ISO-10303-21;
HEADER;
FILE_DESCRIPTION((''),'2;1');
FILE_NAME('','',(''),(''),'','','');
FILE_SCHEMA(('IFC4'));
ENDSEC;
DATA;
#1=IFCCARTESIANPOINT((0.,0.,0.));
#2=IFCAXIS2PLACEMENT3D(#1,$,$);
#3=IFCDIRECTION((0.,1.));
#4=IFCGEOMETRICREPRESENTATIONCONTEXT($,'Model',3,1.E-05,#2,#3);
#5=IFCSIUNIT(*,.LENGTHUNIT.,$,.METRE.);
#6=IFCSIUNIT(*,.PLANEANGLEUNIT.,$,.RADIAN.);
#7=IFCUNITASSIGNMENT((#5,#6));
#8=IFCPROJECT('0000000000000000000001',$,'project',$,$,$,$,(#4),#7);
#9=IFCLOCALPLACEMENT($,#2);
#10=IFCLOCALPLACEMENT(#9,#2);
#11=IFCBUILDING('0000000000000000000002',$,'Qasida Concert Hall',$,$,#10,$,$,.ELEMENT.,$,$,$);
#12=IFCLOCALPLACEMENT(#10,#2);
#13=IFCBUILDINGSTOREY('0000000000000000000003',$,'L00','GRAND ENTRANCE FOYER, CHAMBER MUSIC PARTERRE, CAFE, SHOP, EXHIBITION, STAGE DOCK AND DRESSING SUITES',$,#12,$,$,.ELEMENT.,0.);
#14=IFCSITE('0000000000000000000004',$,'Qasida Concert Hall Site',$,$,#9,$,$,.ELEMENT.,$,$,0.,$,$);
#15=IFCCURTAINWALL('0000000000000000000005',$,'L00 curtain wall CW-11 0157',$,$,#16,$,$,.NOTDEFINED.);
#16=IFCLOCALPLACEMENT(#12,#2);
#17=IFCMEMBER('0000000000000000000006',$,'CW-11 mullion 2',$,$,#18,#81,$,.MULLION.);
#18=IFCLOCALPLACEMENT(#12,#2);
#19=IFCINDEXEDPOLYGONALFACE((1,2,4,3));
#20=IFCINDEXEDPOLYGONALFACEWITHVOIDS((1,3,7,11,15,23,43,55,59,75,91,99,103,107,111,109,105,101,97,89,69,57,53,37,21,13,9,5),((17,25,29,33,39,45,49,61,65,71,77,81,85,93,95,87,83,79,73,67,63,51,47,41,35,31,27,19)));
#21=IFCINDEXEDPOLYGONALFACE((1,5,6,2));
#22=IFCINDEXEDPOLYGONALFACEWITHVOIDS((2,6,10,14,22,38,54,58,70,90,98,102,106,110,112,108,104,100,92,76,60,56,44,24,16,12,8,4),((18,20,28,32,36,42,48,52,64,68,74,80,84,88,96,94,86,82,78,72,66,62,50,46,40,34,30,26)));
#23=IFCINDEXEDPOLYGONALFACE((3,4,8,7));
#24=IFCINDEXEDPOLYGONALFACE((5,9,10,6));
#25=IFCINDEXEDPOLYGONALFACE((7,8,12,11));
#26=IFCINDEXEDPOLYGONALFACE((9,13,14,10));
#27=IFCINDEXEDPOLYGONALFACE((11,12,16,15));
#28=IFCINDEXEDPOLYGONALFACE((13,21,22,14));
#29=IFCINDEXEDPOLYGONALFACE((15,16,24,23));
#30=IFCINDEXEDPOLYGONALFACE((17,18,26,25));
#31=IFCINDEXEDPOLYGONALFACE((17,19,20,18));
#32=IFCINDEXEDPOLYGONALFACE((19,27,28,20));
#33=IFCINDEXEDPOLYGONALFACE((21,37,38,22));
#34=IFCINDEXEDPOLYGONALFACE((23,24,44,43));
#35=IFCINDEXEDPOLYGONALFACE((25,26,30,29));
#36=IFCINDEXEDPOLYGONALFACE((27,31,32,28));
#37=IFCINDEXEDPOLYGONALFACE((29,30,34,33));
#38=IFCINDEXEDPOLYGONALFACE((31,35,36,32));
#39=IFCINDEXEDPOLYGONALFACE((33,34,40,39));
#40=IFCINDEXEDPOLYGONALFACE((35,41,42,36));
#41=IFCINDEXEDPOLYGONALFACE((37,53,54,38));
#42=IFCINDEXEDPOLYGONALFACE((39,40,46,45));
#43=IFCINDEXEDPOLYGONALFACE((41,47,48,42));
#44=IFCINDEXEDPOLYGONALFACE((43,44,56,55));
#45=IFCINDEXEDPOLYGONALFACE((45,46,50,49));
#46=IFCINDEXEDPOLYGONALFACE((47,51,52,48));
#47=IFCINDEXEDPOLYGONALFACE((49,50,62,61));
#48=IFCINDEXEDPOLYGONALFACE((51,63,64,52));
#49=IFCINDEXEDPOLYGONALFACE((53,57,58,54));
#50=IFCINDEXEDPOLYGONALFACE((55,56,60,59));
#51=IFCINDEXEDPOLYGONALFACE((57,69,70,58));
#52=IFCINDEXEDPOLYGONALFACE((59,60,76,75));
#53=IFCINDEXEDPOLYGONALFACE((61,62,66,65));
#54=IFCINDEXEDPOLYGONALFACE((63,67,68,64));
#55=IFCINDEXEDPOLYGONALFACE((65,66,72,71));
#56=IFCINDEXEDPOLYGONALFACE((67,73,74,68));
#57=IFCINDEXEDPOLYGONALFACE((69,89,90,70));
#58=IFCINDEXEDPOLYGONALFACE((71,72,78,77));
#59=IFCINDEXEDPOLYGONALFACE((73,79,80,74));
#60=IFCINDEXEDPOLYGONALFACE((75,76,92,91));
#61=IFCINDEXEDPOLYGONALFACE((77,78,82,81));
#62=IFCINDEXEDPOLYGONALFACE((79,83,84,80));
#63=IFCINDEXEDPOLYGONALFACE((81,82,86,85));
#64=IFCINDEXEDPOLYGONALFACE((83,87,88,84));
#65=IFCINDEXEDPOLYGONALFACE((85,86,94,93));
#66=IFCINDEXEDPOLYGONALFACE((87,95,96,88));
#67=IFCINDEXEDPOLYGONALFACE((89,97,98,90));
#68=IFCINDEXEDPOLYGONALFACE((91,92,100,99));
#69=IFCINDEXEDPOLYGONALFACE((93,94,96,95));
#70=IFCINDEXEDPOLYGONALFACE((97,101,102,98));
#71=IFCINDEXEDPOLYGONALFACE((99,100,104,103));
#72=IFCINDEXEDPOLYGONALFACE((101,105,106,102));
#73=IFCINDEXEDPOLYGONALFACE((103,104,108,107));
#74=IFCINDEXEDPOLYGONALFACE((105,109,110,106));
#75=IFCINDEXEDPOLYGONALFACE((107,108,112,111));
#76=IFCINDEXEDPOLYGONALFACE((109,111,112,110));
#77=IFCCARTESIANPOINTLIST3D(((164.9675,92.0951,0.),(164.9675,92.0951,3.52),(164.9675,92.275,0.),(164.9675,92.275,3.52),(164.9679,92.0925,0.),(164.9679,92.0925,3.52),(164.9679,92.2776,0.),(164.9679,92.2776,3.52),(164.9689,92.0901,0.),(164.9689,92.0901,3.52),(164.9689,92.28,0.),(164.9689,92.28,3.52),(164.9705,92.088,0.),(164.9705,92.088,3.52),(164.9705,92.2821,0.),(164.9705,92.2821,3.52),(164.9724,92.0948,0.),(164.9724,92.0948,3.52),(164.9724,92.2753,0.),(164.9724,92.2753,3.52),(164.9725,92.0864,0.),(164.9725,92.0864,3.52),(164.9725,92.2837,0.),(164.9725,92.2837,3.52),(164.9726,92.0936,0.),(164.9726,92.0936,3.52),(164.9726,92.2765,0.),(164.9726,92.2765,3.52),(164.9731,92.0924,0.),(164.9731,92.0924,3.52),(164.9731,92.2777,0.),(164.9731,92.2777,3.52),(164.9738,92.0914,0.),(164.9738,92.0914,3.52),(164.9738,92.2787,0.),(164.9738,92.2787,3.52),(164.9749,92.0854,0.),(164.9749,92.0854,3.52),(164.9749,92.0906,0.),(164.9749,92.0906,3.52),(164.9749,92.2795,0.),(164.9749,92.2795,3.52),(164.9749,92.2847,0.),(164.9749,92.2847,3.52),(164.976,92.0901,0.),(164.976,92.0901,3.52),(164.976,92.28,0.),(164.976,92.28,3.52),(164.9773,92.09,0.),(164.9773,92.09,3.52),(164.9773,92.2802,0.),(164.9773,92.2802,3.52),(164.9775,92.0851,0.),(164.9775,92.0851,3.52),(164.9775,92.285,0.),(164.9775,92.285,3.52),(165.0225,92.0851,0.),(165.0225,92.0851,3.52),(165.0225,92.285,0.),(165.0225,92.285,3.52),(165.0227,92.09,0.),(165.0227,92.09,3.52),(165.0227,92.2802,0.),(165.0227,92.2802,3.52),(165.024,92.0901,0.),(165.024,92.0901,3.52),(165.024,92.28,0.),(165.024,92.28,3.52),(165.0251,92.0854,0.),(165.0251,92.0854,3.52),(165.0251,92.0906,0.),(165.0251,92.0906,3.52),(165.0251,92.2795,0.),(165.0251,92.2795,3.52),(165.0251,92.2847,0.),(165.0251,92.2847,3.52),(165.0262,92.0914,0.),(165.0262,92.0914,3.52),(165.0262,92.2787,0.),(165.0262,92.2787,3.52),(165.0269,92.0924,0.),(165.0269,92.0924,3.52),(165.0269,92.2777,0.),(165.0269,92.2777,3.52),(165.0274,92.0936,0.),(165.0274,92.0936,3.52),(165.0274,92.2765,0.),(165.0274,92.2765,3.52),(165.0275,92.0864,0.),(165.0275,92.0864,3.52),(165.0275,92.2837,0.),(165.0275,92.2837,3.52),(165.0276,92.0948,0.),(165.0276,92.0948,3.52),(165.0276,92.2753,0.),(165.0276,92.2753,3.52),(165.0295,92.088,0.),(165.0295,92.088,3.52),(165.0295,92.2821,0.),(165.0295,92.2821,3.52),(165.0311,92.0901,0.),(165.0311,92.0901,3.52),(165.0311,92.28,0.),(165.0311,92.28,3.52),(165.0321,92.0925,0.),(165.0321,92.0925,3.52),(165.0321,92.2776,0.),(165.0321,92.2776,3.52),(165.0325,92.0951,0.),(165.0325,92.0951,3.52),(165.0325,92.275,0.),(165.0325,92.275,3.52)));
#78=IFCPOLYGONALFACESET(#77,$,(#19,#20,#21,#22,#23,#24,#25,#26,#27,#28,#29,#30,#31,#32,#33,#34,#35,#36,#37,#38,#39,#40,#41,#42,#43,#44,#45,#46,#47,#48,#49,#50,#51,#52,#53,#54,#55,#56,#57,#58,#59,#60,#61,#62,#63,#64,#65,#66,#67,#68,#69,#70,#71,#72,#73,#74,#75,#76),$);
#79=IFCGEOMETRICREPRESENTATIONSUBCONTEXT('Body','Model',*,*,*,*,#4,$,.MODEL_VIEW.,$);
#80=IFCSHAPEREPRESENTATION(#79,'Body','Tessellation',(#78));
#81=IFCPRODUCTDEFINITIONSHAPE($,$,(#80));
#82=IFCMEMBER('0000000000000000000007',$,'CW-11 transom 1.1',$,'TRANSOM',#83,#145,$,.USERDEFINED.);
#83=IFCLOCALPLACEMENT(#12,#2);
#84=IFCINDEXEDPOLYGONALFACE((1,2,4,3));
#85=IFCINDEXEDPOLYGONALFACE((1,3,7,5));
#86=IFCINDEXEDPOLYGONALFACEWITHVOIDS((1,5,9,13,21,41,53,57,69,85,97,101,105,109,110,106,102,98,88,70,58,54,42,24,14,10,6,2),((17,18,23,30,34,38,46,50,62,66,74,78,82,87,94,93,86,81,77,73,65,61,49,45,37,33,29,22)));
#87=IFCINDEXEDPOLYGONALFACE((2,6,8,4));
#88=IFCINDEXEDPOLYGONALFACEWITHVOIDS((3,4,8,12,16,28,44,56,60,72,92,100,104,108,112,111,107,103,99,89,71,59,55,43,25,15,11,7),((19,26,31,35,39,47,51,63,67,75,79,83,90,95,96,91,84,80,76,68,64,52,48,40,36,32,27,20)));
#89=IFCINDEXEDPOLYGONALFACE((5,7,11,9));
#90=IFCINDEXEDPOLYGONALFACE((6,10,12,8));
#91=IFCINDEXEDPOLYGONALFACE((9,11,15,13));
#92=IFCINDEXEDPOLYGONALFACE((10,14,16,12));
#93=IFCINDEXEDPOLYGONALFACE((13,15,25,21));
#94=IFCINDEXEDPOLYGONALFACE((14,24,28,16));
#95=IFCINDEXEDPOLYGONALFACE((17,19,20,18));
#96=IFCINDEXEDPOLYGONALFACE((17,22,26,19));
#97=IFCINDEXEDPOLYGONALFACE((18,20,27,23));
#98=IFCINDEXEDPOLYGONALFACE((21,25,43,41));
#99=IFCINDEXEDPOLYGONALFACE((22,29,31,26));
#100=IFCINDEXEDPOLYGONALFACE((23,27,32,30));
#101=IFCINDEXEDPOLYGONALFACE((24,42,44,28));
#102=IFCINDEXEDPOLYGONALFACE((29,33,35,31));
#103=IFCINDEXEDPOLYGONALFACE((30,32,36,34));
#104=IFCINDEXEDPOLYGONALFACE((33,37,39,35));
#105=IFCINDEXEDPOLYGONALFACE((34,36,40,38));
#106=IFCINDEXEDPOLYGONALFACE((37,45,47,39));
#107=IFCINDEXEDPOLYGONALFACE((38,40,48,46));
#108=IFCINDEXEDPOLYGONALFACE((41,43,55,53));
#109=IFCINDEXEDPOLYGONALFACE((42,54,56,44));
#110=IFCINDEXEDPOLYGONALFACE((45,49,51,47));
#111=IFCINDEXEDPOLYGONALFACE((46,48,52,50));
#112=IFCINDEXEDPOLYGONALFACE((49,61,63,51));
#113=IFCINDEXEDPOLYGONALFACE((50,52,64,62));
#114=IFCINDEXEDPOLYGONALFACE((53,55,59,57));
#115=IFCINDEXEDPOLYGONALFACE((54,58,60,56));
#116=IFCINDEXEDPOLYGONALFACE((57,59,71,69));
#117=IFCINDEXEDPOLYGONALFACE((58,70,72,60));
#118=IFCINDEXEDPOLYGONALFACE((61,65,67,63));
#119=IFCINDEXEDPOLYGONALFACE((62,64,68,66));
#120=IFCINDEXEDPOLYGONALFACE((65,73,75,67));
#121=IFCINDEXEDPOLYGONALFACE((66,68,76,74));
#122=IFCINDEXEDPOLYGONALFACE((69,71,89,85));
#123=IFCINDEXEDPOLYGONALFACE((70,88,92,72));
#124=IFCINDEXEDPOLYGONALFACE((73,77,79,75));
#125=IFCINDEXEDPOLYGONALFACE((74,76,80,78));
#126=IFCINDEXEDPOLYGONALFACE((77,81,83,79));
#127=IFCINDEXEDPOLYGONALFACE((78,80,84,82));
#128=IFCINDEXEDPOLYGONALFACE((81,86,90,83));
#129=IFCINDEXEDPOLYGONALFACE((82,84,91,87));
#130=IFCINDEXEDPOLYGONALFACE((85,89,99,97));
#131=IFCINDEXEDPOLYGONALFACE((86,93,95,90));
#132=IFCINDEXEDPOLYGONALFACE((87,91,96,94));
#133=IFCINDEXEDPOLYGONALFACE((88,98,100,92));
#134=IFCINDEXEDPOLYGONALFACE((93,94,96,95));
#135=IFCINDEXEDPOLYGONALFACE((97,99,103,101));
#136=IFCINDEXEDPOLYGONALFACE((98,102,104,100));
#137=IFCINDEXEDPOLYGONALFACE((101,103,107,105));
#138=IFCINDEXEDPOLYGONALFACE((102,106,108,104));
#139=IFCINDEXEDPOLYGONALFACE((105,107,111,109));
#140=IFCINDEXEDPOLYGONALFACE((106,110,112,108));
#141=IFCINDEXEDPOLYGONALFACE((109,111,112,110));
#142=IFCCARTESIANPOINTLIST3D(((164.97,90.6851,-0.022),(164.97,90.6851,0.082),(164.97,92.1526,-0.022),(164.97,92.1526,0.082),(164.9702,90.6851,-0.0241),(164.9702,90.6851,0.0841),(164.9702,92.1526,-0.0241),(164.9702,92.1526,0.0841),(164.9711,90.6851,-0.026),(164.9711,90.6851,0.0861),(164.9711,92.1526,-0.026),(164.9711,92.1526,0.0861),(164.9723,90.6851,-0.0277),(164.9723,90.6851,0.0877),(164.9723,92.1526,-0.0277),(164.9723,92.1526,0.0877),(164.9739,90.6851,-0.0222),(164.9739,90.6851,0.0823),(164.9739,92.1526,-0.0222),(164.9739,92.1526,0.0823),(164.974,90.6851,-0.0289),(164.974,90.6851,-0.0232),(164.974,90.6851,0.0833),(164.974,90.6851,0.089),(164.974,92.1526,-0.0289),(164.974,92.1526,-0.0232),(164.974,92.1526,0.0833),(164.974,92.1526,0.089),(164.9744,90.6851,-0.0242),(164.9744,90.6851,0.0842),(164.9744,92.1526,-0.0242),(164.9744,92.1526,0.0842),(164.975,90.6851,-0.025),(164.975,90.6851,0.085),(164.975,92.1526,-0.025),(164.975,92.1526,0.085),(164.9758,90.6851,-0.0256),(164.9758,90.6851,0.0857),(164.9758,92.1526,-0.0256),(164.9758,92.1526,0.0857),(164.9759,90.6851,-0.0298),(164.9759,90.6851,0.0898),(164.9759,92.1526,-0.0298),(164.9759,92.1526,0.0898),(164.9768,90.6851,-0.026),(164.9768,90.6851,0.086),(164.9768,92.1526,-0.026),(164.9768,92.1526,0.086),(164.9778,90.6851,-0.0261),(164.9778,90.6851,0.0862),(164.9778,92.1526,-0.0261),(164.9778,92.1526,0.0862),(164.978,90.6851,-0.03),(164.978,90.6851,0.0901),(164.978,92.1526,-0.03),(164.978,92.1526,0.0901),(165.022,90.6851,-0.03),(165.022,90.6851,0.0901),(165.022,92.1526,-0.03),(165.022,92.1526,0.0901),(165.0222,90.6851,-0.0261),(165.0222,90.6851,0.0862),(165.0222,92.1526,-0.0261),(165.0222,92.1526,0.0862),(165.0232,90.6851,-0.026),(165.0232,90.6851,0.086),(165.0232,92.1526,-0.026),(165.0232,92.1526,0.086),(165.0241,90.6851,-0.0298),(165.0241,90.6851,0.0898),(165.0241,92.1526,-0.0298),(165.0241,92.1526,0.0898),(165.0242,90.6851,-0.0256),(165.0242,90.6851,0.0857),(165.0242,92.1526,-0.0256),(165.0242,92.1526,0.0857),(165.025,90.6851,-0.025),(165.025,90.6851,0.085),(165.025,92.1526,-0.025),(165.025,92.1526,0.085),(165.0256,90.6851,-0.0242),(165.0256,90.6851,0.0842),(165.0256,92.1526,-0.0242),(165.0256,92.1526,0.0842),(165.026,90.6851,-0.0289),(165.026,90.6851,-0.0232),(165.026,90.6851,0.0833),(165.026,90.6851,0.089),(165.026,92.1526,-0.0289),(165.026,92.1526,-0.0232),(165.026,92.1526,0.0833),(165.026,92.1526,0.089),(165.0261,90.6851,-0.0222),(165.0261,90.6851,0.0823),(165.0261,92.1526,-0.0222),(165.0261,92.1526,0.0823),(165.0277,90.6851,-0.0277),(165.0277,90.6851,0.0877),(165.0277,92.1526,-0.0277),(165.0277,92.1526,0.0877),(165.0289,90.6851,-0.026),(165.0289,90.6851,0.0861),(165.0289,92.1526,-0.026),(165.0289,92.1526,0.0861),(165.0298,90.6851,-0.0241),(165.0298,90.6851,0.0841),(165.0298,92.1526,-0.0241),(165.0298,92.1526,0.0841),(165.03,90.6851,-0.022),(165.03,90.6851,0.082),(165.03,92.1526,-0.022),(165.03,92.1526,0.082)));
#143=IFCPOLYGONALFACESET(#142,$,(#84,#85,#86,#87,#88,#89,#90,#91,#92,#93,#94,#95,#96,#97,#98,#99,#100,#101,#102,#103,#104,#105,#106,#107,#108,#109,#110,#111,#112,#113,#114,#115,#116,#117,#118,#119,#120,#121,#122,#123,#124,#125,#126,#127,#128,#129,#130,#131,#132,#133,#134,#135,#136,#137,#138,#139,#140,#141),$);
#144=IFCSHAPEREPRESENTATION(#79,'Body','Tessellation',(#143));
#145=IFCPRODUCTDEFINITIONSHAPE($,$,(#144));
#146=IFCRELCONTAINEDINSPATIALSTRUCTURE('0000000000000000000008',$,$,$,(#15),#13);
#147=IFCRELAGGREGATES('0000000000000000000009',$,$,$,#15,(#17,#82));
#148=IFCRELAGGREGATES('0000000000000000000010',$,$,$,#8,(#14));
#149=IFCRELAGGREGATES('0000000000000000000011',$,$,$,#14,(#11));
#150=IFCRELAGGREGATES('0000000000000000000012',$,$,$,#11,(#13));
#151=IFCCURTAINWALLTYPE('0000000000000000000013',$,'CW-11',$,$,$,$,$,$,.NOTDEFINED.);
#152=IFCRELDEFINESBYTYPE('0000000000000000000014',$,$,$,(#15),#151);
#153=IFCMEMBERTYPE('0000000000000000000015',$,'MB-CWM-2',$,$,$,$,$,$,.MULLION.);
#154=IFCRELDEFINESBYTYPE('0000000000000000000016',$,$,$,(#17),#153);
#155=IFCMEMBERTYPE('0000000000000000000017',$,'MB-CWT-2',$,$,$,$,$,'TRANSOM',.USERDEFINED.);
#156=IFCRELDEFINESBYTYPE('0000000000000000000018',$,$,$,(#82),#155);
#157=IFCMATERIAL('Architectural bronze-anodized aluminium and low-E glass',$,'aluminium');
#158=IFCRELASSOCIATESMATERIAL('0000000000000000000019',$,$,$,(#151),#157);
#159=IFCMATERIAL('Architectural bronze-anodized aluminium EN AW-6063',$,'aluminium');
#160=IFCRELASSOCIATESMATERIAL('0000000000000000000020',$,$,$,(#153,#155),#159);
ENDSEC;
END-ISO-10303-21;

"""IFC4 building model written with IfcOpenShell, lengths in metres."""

from ifc_helpers import new_model, si_unit, direction, frame, origin, origin_2d, place, context, subcontext, project, spatial, hollow_rectangle, extrude, material, material_profile, profile_set, type_object, element, aggregate, save


model = new_model("IFC4")

# Units and contexts
model_context = context("Model", 3, precision=1e-05, world=origin(), true_north=direction((0.0, 1.0)))
body_context = subcontext(model_context, "Body", "Model", "MODEL_VIEW")
ifc_project = project(units=[si_unit("LENGTHUNIT", "METRE"), si_unit("PLANEANGLEUNIT", "RADIAN")], contexts=[model_context])

# Site, building, storey
site_placement = place(None, origin())
site = spatial("IfcSite", under=ifc_project, at=site_placement, Name="Qasida Concert Hall Site", CompositionType="ELEMENT", RefElevation=0.0)
building_placement = place(site_placement, origin())
building = spatial("IfcBuilding", under=site, at=building_placement, Name="Qasida Concert Hall", CompositionType="ELEMENT")
storey_placement = place(building_placement, origin())
storey = spatial("IfcBuildingStorey", under=building, at=storey_placement, Name="L00", Description="GRAND ENTRANCE FOYER, CHAMBER MUSIC PARTERRE, CAFE, SHOP, EXHIBITION, STAGE DOCK AND DRESSING SUITES", CompositionType="ELEMENT", Elevation=0.0)

# Curtain wall, members
ifc_material_1 = material(Name="Architectural bronze-anodized aluminium and low-E glass", Category="aluminium")
curtain_wall_type = type_object("IfcCurtainWallType", Name="CW-11", PredefinedType="NOTDEFINED", material=ifc_material_1)
curtain_wall_placement = place(storey_placement, origin())
curtain_wall = element("IfcCurtainWall", 1, at=curtain_wall_placement, inside=storey, type_object=curtain_wall_type, Name="L00 curtain wall CW-11 0157", PredefinedType="NOTDEFINED")
ifc_material_2 = material(Name="Architectural bronze-anodized aluminium EN AW-6063", Category="aluminium")
ifc_material_profile_1 = material_profile(ifc_material_2, hollow_rectangle(XDim=0.0649, YDim=0.2, WallThickness=0.0049, InnerFilletRadius=0.0049, OuterFilletRadius=0.01, at=origin_2d()), Name="CWM 200x65x5")
ifc_profile_set_1 = profile_set([ifc_material_profile_1], Name="Architectural bronze-anodized aluminium EN AW-6063")
member_type_1 = type_object("IfcMemberType", Name="MB-CWM-2", PredefinedType="MULLION", material=ifc_profile_set_1)
member_1_placement = place(storey_placement, frame((165.0, 92.1851, 0.0), z_axis=(0.0, 0.0, 1.0), x_axis=(-1.0, 0.0, 0.0)))
member_1 = element("IfcMember", 2, at=member_1_placement, type_object=member_type_1, Name="CW-11 mullion 2", PredefinedType="MULLION", context=body_context, shape_type="SweptSolid", body=[
    extrude(hollow_rectangle(XDim=0.0649, YDim=0.2, WallThickness=0.0049, InnerFilletRadius=0.0049, OuterFilletRadius=0.01, at=origin_2d()), origin(), (0.0, 0.0, 1.0), 3.52),
])
ifc_material_profile_2 = material_profile(ifc_material_2, hollow_rectangle(XDim=0.0601, YDim=0.1201, WallThickness=0.0039, InnerFilletRadius=0.0039, OuterFilletRadius=0.0081, at=origin_2d()), Name="CWT 120x60x4")
ifc_profile_set_2 = profile_set([ifc_material_profile_2], Name="Architectural bronze-anodized aluminium EN AW-6063")
member_type_2 = type_object("IfcMemberType", Name="MB-CWT-2", ElementType="TRANSOM", PredefinedType="USERDEFINED", material=ifc_profile_set_2)
member_2_placement = place(storey_placement, frame((165.0, 90.6851, 0.03), z_axis=(0.0, 1.0, 0.0), x_axis=(-1.0, 0.0, 0.0)))
member_2 = element("IfcMember", 3, at=member_2_placement, type_object=member_type_2, Name="CW-11 transom 1.1", ObjectType="TRANSOM", PredefinedType="USERDEFINED", context=body_context, shape_type="SweptSolid", body=[
    extrude(hollow_rectangle(XDim=0.0601, YDim=0.1201, WallThickness=0.0039, InnerFilletRadius=0.0039, OuterFilletRadius=0.0081, at=origin_2d()), origin(), (0.0, 0.0, 1.0), 1.4675),
])
aggregate(curtain_wall, [member_1, member_2])

save(model, "model.ifc")
